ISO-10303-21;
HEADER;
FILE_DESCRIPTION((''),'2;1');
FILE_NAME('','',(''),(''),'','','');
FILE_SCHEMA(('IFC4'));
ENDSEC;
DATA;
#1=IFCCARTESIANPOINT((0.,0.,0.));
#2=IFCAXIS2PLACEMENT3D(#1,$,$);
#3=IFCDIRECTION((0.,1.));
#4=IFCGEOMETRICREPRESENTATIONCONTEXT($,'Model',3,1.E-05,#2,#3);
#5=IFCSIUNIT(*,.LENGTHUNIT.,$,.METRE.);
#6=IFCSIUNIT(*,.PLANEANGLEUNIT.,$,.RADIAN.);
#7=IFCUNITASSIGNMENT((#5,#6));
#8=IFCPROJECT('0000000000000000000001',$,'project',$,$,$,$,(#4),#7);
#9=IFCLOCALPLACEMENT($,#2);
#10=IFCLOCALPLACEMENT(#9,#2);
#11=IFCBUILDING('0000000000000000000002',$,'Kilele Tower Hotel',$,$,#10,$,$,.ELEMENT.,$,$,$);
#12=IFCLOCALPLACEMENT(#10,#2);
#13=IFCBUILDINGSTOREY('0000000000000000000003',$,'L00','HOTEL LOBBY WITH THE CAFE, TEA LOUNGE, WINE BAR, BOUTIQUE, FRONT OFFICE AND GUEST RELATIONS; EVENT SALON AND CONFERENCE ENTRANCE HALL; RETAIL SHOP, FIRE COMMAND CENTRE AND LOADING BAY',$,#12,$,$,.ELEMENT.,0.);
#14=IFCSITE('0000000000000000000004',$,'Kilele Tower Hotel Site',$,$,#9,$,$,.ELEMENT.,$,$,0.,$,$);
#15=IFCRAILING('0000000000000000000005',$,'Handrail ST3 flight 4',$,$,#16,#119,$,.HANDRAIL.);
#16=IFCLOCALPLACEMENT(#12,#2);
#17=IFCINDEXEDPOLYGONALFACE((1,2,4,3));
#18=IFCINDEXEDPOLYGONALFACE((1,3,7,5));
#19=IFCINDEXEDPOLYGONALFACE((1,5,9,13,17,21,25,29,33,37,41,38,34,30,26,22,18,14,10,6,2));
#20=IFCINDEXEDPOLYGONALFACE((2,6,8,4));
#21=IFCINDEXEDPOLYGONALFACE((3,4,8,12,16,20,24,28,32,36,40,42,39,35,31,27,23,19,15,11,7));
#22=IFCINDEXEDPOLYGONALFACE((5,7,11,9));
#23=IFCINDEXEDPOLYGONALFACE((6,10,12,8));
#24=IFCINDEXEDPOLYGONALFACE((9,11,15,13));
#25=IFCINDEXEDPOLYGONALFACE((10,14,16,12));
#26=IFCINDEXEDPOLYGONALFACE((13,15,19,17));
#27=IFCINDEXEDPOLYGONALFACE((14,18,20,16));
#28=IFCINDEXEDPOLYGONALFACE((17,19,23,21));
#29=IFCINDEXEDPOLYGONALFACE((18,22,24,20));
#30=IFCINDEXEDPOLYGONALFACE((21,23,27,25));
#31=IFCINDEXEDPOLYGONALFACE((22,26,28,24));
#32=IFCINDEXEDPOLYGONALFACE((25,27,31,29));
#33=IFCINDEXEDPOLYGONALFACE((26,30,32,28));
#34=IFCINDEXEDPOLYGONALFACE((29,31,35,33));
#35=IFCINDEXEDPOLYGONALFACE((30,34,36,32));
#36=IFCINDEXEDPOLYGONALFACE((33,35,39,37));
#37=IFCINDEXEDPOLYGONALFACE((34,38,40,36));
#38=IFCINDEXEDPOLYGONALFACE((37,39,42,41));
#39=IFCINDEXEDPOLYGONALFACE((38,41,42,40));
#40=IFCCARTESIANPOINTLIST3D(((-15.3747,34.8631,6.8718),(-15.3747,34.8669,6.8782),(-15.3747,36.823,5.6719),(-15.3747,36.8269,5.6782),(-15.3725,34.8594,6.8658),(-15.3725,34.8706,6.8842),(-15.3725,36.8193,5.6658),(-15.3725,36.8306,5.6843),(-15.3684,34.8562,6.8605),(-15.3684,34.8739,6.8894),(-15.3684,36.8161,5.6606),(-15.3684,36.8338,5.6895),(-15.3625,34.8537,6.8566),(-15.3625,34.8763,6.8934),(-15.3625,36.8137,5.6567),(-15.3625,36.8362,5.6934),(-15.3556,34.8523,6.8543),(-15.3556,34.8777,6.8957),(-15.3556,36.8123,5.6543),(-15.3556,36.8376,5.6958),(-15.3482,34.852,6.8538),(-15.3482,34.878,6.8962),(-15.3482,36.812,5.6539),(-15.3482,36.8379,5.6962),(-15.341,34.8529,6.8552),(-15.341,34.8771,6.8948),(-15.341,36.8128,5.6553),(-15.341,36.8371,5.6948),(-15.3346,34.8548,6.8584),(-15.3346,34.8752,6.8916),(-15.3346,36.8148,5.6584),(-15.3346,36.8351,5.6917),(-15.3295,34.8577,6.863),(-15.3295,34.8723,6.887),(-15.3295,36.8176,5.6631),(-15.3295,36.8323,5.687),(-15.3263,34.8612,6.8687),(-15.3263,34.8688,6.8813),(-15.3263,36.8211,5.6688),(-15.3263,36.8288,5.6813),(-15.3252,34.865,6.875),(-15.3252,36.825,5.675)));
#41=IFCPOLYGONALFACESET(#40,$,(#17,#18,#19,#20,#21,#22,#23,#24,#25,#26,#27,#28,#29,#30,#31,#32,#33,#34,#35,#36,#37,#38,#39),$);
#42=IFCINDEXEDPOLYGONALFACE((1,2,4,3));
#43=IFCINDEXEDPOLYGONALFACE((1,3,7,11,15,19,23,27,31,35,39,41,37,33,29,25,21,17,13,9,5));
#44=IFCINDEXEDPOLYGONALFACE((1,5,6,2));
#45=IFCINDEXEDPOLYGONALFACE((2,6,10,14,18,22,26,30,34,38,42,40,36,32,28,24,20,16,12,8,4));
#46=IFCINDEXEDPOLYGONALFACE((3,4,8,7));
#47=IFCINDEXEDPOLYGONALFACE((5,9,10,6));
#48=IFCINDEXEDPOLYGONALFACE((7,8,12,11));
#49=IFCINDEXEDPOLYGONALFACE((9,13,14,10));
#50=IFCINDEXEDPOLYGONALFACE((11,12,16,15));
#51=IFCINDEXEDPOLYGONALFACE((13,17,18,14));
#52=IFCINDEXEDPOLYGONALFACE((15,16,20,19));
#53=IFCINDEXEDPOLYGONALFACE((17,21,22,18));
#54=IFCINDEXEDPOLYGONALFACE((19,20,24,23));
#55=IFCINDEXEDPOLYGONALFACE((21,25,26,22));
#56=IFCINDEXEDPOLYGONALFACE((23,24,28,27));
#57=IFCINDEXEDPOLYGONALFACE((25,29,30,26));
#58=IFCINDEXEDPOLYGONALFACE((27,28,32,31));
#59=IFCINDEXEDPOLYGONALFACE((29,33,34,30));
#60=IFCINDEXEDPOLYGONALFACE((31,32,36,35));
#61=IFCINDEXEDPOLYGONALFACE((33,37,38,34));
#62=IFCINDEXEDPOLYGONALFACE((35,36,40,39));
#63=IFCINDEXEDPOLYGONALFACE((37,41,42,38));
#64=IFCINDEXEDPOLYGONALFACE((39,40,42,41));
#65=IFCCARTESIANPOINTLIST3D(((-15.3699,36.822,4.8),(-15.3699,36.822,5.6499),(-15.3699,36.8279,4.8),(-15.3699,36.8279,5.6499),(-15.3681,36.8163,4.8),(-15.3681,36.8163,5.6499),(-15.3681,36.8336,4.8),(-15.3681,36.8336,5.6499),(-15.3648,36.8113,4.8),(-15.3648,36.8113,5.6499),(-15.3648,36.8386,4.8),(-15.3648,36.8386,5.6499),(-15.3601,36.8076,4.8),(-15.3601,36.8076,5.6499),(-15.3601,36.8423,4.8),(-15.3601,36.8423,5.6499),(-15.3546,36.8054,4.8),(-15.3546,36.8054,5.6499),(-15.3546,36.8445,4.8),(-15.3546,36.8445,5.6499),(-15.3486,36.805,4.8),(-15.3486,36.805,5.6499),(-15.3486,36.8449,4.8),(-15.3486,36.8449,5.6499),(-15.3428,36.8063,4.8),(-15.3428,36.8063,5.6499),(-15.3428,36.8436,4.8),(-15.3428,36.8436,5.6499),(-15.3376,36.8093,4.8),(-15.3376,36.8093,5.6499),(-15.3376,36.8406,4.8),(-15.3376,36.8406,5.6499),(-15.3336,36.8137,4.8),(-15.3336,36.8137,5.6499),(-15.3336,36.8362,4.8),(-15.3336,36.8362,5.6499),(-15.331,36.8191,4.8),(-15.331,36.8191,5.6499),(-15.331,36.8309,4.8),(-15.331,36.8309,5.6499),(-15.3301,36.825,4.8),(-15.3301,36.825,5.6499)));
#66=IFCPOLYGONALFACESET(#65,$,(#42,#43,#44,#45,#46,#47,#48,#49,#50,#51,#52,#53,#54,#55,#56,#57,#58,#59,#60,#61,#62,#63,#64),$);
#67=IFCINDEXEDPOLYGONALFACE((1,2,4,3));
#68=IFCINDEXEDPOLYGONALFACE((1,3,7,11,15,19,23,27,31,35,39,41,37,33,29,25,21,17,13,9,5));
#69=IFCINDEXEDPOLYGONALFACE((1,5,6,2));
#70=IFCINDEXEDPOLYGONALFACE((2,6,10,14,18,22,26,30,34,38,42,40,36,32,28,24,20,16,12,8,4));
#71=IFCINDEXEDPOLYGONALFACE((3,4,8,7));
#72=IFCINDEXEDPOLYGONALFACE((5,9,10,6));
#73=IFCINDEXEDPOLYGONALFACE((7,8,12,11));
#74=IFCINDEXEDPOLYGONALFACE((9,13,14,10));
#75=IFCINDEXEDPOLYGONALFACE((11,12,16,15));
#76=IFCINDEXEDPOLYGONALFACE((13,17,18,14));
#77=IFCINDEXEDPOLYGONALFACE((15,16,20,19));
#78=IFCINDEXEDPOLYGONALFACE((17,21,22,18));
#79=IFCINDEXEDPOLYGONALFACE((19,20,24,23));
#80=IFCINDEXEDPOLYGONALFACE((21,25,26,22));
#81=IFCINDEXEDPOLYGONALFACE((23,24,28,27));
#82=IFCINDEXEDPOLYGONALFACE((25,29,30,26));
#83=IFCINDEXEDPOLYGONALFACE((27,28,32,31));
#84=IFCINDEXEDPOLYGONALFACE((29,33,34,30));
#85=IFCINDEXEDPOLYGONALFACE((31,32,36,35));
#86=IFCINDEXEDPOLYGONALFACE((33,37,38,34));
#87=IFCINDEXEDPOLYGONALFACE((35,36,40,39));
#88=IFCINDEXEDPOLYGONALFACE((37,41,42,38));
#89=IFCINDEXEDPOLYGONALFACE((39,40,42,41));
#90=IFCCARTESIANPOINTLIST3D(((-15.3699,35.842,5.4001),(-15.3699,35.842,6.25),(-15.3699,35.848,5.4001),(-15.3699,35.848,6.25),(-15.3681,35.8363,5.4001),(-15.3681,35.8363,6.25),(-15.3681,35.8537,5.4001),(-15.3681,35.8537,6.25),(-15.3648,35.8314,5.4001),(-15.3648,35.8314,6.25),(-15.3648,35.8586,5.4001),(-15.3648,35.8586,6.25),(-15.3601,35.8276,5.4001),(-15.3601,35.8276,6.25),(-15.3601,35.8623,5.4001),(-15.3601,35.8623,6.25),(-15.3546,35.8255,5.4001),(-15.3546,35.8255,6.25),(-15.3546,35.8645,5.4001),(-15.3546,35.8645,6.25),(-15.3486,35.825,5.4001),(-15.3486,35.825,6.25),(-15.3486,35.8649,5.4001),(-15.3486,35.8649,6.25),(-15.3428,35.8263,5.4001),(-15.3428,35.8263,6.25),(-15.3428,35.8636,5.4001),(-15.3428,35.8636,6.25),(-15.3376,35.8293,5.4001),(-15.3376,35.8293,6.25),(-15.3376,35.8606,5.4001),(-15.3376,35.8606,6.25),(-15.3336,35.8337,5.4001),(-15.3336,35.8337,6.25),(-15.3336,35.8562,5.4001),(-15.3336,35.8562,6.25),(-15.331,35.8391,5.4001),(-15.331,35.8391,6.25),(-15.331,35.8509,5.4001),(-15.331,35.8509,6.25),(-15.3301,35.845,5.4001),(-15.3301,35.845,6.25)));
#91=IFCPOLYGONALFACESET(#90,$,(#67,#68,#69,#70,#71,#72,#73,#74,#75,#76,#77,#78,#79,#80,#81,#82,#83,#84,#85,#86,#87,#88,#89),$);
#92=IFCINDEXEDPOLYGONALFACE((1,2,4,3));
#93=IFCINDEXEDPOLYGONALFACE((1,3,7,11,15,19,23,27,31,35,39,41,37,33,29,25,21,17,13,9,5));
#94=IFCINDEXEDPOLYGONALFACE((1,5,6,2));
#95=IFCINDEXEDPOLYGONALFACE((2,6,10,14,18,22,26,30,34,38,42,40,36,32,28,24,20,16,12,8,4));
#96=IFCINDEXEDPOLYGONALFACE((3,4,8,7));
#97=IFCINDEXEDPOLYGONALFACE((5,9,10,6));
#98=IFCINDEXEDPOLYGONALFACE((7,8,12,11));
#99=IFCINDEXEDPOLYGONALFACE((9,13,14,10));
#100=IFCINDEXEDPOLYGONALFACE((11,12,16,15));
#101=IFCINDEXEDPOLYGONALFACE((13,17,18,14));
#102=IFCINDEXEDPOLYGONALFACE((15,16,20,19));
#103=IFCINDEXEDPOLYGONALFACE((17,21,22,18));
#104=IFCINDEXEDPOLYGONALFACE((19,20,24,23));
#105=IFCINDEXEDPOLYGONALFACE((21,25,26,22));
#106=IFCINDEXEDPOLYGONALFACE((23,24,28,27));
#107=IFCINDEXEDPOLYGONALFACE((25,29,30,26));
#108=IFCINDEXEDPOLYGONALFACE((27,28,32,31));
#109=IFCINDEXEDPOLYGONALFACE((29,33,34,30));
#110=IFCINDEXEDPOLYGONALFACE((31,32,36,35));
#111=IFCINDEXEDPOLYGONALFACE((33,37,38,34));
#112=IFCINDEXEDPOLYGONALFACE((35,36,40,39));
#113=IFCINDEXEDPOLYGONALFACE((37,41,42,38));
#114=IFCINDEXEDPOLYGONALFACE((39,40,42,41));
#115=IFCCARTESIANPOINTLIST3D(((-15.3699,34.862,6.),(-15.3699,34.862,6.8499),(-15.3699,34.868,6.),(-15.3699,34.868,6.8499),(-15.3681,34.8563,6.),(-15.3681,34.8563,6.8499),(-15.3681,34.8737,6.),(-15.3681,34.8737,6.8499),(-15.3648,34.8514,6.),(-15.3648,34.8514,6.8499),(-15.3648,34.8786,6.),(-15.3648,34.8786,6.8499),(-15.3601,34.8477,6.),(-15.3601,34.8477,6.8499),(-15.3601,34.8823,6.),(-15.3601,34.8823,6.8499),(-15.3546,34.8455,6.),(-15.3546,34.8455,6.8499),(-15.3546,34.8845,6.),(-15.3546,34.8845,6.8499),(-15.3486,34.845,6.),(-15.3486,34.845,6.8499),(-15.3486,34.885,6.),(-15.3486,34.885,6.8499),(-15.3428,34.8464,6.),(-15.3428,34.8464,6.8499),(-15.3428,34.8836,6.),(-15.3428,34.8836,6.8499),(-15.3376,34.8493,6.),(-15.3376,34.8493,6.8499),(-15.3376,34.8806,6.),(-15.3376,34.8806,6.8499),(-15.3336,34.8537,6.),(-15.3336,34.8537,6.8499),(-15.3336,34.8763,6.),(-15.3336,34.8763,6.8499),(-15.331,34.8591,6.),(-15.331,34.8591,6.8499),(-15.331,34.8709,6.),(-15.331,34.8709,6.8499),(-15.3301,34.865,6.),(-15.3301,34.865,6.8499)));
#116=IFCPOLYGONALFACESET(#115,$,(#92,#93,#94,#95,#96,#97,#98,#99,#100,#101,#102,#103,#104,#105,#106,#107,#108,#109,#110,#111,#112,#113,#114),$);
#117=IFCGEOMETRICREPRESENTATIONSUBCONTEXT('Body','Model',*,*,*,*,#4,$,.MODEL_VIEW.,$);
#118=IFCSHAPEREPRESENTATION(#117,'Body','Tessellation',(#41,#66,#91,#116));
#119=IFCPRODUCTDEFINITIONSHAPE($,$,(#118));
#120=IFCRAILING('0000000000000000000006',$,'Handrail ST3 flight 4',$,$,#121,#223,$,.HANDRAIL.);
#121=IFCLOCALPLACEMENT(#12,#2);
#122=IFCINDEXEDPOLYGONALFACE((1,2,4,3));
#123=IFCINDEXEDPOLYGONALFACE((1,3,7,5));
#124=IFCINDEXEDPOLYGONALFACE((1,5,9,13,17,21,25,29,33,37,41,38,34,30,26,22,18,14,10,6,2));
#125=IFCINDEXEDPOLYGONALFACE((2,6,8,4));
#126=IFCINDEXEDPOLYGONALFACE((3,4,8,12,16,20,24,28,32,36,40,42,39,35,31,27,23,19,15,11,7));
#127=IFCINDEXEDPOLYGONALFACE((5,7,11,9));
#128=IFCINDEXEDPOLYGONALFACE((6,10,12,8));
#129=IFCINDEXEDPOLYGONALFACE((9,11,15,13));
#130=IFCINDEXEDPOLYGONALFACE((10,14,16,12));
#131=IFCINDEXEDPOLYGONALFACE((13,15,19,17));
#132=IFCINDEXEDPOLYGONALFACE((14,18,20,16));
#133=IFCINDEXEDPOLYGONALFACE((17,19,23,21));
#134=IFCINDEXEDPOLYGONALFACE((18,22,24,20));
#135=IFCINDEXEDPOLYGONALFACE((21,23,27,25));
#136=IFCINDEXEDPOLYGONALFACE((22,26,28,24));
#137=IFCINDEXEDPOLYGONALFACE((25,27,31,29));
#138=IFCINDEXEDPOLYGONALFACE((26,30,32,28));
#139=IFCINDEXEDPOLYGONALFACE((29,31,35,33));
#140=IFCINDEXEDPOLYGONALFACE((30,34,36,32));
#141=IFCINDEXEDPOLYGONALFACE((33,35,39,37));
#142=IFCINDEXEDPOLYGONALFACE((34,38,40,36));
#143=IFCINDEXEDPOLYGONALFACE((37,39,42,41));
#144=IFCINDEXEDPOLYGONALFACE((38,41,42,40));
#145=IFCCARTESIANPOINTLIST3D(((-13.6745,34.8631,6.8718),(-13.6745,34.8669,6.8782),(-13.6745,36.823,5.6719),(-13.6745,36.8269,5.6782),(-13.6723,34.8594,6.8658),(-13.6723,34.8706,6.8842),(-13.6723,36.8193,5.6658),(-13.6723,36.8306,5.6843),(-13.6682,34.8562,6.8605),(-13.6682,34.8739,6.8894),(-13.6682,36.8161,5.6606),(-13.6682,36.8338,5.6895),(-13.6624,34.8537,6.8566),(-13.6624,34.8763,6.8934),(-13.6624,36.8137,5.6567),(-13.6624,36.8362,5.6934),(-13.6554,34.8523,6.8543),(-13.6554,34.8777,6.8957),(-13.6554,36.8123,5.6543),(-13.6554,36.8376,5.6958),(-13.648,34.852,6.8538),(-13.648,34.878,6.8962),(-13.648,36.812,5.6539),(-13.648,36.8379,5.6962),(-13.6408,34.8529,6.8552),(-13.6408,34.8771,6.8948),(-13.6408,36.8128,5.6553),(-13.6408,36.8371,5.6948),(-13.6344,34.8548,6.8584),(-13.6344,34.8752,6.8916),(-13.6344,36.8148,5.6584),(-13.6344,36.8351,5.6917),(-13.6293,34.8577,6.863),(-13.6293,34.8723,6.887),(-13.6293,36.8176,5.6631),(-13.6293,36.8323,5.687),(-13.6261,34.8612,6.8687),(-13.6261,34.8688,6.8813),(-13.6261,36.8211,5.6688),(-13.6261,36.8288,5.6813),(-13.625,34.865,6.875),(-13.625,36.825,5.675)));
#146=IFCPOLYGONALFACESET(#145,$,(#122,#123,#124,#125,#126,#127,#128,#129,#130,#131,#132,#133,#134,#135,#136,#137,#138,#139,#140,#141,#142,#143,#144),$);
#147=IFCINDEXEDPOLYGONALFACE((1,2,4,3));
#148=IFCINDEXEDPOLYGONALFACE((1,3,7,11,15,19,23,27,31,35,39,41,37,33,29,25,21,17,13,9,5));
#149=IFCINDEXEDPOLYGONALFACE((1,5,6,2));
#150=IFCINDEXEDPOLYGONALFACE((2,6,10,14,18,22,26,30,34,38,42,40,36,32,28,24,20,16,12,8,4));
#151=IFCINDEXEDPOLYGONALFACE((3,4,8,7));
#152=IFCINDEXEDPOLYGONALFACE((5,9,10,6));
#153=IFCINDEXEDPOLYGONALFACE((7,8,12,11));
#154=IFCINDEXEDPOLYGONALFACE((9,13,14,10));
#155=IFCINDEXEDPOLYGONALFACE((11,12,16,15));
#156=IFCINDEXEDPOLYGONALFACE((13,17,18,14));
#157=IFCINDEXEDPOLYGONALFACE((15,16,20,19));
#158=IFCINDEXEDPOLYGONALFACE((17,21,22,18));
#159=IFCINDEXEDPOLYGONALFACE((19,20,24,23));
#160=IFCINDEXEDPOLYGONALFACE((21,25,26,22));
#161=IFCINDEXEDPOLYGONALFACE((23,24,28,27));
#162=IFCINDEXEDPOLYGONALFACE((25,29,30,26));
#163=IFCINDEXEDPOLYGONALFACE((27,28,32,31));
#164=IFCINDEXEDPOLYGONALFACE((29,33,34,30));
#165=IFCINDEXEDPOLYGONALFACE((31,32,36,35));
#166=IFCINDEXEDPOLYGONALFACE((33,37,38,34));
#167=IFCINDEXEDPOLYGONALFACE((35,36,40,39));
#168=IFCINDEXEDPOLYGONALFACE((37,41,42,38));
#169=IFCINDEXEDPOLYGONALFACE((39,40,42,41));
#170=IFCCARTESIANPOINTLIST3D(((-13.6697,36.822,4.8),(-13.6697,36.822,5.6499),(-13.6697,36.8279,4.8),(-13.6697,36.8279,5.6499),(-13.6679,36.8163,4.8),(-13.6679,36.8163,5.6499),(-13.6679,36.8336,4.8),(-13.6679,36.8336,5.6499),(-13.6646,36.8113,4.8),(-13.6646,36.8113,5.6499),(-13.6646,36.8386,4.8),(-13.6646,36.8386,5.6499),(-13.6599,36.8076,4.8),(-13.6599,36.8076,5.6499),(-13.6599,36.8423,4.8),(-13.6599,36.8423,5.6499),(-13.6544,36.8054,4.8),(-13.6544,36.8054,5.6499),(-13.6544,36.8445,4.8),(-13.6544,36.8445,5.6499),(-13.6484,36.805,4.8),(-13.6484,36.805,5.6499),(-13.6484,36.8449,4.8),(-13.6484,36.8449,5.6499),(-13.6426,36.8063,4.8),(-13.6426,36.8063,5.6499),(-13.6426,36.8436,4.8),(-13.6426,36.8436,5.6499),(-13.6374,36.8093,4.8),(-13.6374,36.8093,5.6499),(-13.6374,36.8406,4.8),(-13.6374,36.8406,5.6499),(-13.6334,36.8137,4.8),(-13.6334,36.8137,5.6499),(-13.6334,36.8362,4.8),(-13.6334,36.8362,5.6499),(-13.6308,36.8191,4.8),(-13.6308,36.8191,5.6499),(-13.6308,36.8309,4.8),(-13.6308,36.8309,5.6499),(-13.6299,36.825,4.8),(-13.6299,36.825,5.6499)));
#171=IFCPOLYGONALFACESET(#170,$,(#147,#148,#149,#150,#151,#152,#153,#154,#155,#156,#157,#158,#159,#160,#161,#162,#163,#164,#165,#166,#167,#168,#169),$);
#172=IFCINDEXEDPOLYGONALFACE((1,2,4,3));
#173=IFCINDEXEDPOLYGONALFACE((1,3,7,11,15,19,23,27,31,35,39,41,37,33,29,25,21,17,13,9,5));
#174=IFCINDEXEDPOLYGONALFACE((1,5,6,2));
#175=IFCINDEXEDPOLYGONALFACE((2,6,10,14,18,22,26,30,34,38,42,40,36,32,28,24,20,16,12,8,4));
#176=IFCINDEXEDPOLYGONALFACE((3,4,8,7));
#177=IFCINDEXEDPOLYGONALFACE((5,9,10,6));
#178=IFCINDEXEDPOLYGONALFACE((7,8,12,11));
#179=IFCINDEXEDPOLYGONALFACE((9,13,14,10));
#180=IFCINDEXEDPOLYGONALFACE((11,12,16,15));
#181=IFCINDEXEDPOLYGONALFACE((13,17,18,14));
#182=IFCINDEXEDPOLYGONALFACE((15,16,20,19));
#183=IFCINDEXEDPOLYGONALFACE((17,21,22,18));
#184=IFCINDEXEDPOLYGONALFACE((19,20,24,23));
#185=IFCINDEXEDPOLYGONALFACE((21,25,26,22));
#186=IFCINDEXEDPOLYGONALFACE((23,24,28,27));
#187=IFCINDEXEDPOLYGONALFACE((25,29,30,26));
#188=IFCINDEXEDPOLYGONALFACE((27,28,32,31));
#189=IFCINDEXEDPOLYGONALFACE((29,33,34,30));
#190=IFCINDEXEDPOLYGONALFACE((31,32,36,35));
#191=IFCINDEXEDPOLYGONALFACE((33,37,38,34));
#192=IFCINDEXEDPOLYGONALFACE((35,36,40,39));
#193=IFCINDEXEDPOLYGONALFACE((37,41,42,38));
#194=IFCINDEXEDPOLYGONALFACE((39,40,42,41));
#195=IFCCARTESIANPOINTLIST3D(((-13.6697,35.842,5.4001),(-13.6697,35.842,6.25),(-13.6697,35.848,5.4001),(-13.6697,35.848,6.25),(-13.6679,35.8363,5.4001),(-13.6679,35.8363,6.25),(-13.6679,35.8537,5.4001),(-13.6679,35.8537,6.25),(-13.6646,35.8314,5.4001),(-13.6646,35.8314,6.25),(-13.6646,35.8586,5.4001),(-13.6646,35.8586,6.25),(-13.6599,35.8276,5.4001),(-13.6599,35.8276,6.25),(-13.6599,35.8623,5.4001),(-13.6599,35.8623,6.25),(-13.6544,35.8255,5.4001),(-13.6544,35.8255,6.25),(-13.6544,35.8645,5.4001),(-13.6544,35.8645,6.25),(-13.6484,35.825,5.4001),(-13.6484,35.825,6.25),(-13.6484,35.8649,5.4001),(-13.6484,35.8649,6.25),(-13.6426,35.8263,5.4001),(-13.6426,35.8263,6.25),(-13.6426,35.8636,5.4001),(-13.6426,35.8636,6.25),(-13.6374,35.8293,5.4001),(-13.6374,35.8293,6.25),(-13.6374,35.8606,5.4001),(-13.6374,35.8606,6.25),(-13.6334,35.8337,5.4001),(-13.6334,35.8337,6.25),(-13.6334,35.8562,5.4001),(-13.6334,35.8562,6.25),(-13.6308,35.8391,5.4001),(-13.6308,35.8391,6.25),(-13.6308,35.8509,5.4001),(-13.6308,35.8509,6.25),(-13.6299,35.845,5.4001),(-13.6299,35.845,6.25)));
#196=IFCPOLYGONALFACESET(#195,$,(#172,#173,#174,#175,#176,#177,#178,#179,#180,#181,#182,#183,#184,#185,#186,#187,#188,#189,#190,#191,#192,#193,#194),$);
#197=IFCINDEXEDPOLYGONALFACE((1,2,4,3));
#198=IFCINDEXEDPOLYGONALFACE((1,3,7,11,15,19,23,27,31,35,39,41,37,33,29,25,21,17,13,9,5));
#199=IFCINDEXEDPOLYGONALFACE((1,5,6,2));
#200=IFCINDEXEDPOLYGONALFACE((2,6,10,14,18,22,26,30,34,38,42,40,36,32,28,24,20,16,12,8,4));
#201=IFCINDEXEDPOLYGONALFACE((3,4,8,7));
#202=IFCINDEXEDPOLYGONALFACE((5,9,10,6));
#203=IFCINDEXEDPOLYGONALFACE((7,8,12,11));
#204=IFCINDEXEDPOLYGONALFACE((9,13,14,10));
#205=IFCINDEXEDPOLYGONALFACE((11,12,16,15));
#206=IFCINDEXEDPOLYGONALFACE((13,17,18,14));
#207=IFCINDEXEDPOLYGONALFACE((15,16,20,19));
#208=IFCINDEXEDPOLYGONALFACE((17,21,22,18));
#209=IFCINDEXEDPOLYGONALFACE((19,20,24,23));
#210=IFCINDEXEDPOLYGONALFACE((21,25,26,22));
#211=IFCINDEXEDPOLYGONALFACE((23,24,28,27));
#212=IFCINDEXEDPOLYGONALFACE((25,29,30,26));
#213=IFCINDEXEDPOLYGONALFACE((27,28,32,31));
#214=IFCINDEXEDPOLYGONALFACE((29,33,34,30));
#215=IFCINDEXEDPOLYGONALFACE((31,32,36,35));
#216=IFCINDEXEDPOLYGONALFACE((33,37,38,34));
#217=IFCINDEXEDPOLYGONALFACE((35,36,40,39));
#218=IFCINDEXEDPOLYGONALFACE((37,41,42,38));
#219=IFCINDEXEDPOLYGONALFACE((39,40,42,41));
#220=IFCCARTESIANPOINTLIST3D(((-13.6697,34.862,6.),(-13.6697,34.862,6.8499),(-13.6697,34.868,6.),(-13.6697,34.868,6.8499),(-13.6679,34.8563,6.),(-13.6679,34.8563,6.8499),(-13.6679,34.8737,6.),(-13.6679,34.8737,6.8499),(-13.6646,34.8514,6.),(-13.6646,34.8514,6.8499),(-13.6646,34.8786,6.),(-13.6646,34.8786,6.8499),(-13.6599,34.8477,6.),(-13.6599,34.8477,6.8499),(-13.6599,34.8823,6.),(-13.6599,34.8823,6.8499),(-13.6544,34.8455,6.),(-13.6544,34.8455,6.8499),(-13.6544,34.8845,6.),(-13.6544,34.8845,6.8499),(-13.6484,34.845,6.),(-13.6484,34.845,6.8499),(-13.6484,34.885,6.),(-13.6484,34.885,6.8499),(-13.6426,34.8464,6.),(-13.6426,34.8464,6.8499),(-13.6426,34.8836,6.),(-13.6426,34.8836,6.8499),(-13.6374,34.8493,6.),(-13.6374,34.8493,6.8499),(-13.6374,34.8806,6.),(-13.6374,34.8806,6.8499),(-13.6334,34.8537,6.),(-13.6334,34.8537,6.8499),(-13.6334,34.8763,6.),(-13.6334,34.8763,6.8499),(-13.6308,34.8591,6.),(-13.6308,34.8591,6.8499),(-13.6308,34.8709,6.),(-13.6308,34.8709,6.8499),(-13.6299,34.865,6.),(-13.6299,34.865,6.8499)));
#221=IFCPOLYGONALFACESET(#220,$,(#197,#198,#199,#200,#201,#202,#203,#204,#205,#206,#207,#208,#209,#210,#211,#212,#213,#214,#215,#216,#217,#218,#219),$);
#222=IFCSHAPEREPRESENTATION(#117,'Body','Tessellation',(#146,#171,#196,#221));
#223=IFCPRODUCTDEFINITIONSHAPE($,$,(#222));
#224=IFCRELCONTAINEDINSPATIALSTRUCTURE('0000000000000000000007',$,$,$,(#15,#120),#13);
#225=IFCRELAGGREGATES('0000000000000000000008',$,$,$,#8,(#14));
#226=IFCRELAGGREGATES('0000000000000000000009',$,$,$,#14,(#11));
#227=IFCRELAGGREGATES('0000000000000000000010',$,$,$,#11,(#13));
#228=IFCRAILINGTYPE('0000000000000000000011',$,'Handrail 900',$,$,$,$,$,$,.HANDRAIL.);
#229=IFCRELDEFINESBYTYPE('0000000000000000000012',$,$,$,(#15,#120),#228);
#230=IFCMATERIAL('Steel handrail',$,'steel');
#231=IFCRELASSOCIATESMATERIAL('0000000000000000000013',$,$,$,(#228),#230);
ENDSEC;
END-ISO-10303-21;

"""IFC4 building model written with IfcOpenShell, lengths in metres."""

from ifc_helpers import new_model, si_unit, direction, frame, origin, origin_2d, place, context, subcontext, project, spatial, circle, extrude, material, type_object, element, save


model = new_model("IFC4")

# Units and contexts
model_context = context("Model", 3, precision=1e-05, world=origin(), true_north=direction((0.0, 1.0)))
body_context = subcontext(model_context, "Body", "Model", "MODEL_VIEW")
ifc_project = project(units=[si_unit("LENGTHUNIT", "METRE"), si_unit("PLANEANGLEUNIT", "RADIAN")], contexts=[model_context])

# Site, building, storey
site_placement = place(None, origin())
site = spatial("IfcSite", under=ifc_project, at=site_placement, Name="Kilele Tower Hotel Site", CompositionType="ELEMENT", RefElevation=0.0)
building_placement = place(site_placement, origin())
building = spatial("IfcBuilding", under=site, at=building_placement, Name="Kilele Tower Hotel", CompositionType="ELEMENT")
storey_placement = place(building_placement, origin())
storey = spatial("IfcBuildingStorey", under=building, at=storey_placement, Name="L00", Description="HOTEL LOBBY WITH THE CAFE, TEA LOUNGE, WINE BAR, BOUTIQUE, FRONT OFFICE AND GUEST RELATIONS; EVENT SALON AND CONFERENCE ENTRANCE HALL; RETAIL SHOP, FIRE COMMAND CENTRE AND LOADING BAY", CompositionType="ELEMENT", Elevation=0.0)

# Railings
ifc_material_1 = material(Name="Steel handrail", Category="steel")
railing_type_1 = type_object("IfcRailingType", Name="Handrail 900", PredefinedType="HANDRAIL", material=ifc_material_1)
for number, where, name in (
    (1, (-15.3501, 36.825, 4.8), "Handrail ST3 flight 4"),
    (2, (-13.6499, 36.825, 4.8), "Handrail ST3 flight 4"),
):
    element("IfcRailing", number, at=place(storey_placement, frame(where)), inside=storey, type_object=railing_type_1, Name=name, PredefinedType="HANDRAIL", context=body_context, shape_type="SweptSolid", body=[
        extrude(circle(Radius=0.0249, at=origin_2d()), frame((0.0, 0.0, 0.875), z_axis=(0.0, -0.852856, 0.522146), x_axis=(1.0, 0.0, 0.0)), (0.0, 0.0, 1.0), 2.2981),
        extrude(circle(Radius=0.02, at=origin_2d()), origin(), (0.0, 0.0, 1.0), 0.8499),
        extrude(circle(Radius=0.02, at=origin_2d()), frame((0.0, -0.98, 0.6001)), (0.0, 0.0, 1.0), 0.8499),
        extrude(circle(Radius=0.02, at=origin_2d()), frame((0.0, -1.96, 1.2)), (0.0, 0.0, 1.0), 0.8499),
    ])

save(model, "model.ifc")
